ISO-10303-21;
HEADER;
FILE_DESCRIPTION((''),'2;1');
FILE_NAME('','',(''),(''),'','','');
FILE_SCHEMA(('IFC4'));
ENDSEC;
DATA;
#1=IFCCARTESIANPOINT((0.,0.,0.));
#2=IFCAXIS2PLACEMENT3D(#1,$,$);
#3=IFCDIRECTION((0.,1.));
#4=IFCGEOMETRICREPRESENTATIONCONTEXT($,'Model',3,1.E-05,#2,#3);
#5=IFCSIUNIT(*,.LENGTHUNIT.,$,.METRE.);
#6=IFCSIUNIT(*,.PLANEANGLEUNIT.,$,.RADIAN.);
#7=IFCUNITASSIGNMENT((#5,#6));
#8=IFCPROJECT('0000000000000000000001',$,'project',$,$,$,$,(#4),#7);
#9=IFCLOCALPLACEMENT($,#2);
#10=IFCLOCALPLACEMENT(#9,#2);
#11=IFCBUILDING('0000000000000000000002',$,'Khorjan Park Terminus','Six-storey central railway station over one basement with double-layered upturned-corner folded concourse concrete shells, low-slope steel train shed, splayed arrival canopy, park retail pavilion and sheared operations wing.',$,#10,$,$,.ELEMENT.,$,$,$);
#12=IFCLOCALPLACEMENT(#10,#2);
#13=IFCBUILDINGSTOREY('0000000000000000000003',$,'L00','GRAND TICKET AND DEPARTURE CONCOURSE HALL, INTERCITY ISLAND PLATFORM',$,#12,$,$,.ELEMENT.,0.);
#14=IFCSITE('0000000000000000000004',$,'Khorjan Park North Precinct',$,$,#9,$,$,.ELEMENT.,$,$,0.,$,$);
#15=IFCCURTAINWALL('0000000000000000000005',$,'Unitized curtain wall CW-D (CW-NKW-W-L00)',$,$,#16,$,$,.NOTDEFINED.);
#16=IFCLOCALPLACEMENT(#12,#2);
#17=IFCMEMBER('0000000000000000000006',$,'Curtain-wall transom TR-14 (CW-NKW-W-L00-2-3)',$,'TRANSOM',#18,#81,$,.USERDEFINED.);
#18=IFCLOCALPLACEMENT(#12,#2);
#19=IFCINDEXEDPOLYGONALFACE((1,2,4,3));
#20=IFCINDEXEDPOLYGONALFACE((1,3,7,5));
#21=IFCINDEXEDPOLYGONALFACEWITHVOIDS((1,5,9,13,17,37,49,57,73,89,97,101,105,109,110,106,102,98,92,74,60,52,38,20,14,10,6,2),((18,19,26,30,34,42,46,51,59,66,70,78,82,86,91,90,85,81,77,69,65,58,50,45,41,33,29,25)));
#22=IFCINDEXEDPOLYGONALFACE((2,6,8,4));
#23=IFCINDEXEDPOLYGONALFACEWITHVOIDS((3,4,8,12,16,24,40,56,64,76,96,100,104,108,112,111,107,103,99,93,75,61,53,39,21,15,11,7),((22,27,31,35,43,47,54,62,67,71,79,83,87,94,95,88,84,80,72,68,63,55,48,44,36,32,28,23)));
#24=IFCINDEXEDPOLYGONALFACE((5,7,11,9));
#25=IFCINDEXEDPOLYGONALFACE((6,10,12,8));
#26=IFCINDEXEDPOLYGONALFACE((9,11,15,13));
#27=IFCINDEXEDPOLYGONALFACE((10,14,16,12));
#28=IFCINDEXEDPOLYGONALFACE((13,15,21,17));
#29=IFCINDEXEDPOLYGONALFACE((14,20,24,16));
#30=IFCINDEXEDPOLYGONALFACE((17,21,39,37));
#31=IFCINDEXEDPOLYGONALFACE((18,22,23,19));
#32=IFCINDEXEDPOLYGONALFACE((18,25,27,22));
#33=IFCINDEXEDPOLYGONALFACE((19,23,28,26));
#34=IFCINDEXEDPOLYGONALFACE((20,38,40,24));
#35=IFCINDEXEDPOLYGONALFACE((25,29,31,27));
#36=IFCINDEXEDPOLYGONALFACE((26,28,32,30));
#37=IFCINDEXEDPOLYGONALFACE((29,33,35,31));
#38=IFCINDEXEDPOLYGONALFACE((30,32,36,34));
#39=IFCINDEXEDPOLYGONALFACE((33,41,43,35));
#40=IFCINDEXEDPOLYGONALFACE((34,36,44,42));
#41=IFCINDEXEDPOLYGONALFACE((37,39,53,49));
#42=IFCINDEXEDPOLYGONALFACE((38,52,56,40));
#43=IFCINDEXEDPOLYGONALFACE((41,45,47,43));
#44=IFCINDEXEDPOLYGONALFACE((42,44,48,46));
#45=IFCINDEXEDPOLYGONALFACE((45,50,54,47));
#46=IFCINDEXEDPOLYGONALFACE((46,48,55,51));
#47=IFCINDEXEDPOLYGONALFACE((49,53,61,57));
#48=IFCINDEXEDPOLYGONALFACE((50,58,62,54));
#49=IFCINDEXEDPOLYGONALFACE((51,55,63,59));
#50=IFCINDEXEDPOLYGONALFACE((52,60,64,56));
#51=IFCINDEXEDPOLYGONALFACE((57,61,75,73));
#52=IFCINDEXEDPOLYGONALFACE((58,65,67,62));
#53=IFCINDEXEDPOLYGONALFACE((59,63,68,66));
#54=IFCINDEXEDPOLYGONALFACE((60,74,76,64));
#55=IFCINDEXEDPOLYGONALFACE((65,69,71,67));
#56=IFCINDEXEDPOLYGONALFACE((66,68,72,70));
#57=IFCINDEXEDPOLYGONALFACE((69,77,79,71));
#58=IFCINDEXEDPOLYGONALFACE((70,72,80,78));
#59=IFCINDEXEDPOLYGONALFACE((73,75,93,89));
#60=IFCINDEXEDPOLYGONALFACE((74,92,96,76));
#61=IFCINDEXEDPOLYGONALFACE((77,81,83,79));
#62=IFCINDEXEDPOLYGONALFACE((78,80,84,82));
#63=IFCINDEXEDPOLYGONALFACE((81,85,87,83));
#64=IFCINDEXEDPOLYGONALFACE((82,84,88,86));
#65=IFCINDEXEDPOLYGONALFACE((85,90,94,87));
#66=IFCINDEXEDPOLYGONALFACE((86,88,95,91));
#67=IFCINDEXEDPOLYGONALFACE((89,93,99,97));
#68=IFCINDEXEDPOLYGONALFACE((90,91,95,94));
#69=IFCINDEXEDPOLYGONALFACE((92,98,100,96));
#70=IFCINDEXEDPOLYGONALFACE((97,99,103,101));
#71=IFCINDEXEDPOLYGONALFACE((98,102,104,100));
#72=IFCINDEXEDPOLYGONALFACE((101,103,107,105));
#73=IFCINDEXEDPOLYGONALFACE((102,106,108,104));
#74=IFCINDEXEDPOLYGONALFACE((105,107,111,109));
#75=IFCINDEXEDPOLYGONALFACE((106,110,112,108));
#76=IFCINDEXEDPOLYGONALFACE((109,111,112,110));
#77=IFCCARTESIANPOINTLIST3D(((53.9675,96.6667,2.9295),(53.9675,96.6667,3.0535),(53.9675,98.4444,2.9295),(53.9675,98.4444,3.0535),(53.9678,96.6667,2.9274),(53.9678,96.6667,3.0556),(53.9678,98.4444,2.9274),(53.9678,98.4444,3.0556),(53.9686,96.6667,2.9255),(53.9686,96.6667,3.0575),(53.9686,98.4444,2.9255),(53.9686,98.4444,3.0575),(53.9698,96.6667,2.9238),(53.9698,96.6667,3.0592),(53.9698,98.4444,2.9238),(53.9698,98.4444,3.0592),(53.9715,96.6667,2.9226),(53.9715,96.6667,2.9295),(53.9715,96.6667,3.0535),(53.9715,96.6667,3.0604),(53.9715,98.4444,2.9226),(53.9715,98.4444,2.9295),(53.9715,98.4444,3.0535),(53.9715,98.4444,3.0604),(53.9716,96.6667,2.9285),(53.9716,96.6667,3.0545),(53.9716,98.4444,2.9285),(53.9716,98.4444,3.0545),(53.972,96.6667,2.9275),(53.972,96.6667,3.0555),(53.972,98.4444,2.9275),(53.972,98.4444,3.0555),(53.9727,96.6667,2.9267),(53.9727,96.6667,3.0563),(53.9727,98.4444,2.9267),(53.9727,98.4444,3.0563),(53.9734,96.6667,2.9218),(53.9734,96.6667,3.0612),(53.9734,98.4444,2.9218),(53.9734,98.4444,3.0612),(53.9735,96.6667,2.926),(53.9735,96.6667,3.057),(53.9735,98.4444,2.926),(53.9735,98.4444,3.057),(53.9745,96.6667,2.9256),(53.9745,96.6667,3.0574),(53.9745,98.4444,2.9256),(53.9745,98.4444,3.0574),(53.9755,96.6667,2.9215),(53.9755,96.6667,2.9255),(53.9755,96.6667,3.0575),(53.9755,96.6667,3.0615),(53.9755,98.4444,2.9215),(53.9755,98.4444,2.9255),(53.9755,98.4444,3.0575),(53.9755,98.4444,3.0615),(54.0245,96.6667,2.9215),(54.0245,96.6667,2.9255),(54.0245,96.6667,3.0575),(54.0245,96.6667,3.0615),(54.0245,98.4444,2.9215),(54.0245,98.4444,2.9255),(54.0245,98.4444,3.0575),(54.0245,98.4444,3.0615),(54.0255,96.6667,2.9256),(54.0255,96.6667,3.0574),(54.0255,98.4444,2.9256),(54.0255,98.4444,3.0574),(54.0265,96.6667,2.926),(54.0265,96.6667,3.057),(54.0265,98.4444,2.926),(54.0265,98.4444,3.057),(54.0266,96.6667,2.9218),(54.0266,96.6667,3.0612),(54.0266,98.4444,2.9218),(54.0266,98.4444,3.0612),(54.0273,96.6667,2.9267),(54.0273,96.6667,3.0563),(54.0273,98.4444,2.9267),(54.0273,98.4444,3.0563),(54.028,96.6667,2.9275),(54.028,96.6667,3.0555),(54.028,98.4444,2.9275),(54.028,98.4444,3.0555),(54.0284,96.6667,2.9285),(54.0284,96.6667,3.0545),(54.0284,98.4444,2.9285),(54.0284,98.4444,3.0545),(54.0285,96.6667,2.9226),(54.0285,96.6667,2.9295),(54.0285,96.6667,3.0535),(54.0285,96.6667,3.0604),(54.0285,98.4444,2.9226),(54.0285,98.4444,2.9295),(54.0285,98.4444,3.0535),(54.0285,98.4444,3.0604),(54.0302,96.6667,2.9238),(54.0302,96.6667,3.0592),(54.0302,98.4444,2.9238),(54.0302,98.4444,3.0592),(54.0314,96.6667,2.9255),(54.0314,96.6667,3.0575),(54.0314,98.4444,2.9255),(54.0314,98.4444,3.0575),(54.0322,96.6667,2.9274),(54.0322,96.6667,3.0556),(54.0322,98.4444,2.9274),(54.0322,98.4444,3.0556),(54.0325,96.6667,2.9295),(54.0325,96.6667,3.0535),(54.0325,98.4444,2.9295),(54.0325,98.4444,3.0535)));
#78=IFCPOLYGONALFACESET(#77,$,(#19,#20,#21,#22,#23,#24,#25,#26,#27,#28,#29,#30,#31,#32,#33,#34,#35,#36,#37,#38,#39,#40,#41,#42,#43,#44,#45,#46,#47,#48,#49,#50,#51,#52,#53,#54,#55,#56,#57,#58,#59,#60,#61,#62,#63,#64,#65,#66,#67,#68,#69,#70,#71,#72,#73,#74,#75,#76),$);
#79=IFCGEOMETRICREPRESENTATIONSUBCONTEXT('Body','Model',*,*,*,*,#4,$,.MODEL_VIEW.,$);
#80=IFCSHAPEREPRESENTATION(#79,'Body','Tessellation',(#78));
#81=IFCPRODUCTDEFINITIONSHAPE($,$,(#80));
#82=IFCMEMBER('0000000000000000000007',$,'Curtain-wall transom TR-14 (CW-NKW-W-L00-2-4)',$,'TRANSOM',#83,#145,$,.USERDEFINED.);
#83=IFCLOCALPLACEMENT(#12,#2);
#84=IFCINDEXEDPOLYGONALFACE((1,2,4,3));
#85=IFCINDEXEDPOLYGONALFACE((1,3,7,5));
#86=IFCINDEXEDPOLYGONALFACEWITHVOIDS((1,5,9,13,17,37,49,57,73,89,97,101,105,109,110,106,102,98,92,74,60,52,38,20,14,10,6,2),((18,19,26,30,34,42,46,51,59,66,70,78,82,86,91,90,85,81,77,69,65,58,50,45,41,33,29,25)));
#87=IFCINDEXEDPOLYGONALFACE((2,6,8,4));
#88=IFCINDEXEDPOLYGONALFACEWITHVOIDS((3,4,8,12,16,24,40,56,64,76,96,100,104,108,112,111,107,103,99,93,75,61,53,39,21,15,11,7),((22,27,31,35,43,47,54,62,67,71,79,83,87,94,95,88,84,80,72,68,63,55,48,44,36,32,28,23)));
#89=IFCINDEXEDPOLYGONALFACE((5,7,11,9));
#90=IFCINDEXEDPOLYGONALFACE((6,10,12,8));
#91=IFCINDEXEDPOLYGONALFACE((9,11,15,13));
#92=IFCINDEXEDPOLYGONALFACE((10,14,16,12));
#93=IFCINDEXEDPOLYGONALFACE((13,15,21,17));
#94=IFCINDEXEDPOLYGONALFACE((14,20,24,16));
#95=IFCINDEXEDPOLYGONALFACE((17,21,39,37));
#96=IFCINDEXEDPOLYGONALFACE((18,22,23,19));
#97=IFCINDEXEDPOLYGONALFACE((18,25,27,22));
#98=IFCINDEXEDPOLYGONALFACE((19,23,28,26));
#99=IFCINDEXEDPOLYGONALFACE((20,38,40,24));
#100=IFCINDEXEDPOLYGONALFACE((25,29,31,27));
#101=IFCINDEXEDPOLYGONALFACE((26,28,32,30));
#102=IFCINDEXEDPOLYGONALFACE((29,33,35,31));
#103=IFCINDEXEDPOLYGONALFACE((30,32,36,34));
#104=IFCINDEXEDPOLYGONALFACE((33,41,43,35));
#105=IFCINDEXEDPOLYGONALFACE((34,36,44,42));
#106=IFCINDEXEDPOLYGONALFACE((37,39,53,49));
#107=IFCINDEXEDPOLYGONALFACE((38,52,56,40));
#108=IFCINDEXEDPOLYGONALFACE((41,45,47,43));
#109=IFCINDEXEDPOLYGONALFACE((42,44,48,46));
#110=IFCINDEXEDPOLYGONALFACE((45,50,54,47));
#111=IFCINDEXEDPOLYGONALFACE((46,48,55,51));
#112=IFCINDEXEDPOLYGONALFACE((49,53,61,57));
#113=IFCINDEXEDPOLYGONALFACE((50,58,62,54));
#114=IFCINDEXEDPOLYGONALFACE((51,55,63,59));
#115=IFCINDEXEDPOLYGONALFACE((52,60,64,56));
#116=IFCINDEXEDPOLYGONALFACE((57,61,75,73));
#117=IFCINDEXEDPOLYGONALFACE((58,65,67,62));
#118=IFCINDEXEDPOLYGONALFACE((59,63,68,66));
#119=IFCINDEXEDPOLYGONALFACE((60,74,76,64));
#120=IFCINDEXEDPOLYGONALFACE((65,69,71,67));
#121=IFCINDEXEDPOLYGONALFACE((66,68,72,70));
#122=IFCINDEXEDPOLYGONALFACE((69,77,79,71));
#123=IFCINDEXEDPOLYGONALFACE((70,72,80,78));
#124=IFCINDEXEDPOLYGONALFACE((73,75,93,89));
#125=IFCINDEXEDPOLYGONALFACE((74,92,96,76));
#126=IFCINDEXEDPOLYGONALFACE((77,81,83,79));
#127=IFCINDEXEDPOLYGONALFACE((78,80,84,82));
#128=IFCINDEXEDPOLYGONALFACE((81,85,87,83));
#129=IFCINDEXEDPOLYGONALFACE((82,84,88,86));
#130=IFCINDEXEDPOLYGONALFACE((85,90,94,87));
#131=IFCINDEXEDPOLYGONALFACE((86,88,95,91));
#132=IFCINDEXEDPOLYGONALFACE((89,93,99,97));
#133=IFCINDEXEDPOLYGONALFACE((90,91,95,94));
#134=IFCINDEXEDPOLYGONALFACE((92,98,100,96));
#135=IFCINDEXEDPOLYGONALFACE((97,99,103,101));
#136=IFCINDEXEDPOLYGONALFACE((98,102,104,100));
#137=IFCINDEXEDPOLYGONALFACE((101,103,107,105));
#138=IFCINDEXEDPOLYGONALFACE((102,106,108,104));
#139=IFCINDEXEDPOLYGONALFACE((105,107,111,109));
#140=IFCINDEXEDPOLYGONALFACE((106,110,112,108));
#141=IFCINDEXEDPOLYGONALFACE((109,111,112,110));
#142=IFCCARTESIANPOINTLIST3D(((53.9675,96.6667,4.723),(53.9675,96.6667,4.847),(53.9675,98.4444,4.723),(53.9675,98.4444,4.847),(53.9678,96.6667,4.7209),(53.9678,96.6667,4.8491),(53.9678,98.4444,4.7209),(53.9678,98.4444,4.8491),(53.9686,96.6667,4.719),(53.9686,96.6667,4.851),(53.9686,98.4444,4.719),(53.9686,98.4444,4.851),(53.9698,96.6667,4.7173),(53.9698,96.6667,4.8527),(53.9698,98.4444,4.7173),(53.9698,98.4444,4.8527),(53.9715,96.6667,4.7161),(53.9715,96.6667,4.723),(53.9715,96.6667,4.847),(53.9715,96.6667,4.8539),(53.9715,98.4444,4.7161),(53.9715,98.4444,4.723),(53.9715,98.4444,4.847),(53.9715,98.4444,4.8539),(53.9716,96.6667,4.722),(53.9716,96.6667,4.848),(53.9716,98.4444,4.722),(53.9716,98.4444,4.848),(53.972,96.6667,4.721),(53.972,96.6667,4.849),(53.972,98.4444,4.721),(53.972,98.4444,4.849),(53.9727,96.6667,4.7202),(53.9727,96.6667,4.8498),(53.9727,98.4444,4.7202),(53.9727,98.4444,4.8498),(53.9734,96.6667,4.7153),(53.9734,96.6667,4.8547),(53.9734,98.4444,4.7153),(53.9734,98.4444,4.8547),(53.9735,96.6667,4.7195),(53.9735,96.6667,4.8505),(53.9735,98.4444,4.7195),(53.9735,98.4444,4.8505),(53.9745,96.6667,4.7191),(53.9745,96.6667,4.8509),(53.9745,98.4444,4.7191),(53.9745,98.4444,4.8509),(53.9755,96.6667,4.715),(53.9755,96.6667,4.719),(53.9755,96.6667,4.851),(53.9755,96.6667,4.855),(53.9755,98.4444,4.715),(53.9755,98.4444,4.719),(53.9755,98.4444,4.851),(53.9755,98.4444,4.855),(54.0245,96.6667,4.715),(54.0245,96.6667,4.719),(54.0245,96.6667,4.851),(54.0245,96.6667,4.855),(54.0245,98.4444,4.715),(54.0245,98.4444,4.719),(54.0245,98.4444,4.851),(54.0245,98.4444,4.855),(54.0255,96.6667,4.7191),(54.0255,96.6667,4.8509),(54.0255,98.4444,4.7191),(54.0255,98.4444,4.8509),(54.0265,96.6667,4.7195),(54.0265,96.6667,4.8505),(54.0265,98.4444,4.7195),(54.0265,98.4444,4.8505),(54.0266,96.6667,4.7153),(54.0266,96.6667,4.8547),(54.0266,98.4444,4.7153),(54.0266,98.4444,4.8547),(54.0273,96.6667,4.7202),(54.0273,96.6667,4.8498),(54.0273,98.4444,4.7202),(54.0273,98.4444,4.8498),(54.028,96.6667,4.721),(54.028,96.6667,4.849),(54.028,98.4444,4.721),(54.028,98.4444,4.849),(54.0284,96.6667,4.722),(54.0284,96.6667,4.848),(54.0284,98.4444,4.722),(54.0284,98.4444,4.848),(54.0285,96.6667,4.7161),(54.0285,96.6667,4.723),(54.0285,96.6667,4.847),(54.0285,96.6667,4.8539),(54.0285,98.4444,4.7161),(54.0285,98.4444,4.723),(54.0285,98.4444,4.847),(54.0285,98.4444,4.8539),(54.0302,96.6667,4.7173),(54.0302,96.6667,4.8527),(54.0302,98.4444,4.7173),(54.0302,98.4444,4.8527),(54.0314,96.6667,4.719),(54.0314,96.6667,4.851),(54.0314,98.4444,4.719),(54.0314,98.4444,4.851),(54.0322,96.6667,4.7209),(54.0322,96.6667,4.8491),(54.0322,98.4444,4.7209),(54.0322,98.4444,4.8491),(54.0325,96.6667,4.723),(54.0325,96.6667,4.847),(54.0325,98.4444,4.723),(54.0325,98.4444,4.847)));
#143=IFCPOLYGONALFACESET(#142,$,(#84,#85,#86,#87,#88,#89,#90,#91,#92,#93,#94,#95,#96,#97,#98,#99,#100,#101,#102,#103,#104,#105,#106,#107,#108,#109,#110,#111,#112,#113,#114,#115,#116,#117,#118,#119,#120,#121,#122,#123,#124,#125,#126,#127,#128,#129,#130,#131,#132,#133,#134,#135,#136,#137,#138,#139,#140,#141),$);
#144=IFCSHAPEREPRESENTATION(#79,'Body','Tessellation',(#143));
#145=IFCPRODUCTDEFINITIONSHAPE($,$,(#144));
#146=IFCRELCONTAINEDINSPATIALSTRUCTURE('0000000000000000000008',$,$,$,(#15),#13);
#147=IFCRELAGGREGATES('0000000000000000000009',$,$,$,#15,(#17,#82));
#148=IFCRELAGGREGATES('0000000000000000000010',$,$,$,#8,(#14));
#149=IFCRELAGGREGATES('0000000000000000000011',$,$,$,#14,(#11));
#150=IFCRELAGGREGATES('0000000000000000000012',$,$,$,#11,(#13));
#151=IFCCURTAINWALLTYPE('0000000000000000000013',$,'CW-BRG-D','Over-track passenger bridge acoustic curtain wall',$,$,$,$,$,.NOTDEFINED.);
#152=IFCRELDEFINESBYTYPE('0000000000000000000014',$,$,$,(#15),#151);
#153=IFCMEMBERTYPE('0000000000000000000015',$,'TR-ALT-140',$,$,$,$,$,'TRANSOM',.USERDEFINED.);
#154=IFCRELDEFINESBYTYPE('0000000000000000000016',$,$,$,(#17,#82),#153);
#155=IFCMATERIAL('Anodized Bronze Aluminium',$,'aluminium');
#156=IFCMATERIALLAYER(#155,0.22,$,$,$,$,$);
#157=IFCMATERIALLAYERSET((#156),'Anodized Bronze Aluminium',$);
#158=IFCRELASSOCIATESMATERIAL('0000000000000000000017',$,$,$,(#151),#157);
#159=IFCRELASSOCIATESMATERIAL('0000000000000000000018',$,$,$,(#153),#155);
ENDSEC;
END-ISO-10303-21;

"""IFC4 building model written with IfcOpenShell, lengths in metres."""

from ifc_helpers import new_model, si_unit, direction, frame, origin, origin_2d, place, context, subcontext, project, spatial, hollow_rectangle, extrude, material, layer, layer_set, material_profile, profile_set, type_object, element, aggregate, save


model = new_model("IFC4")

# Units and contexts
model_context = context("Model", 3, precision=1e-05, world=origin(), true_north=direction((0.0, 1.0)))
body_context = subcontext(model_context, "Body", "Model", "MODEL_VIEW")
ifc_project = project(units=[si_unit("LENGTHUNIT", "METRE"), si_unit("PLANEANGLEUNIT", "RADIAN")], contexts=[model_context])

# Site, building, storey
site_placement = place(None, origin())
site = spatial("IfcSite", under=ifc_project, at=site_placement, Name="Khorjan Park North Precinct", CompositionType="ELEMENT", RefElevation=0.0)
building_placement = place(site_placement, origin())
building = spatial("IfcBuilding", under=site, at=building_placement, Name="Khorjan Park Terminus", Description="Six-storey central railway station over one basement with double-layered upturned-corner folded concourse concrete shells, low-slope steel train shed, splayed arrival canopy, park retail pavilion and sheared operations wing.", CompositionType="ELEMENT")
storey_placement = place(building_placement, origin())
storey = spatial("IfcBuildingStorey", under=building, at=storey_placement, Name="L00", Description="GRAND TICKET AND DEPARTURE CONCOURSE HALL, INTERCITY ISLAND PLATFORM", CompositionType="ELEMENT", Elevation=0.0)

# Curtain wall, members
ifc_material_1 = material(Name="Anodized Bronze Aluminium", Category="aluminium")
ifc_layer_1 = layer(ifc_material_1, 0.22)
ifc_layer_set_1 = layer_set([ifc_layer_1], Name="Anodized Bronze Aluminium")
curtain_wall_type = type_object("IfcCurtainWallType", Name="CW-BRG-D", Description="Over-track passenger bridge acoustic curtain wall", PredefinedType="NOTDEFINED", material=ifc_layer_set_1)
curtain_wall_placement = place(storey_placement, origin())
curtain_wall = element("IfcCurtainWall", 1, at=curtain_wall_placement, inside=storey, type_object=curtain_wall_type, Name="Unitized curtain wall CW-D (CW-NKW-W-L00)", PredefinedType="NOTDEFINED")
ifc_material_profile_1 = material_profile(ifc_material_1, hollow_rectangle(XDim=0.065, YDim=0.14, WallThickness=0.004, InnerFilletRadius=0.004, OuterFilletRadius=0.008, at=origin_2d()), Name="ALT 65x140x4")
ifc_profile_set_1 = profile_set([ifc_material_profile_1], Name="Anodized Bronze Aluminium")
member_type_1 = type_object("IfcMemberType", Name="TR-ALT-140", ElementType="TRANSOM", PredefinedType="USERDEFINED", material=ifc_profile_set_1)
member_1_placement = place(storey_placement, frame((54.0, 98.4444, 2.9915), z_axis=(0.0, -1.0, 0.0), x_axis=(1.0, 0.0, 0.0)))
member_1 = element("IfcMember", 2, at=member_1_placement, type_object=member_type_1, Name="Curtain-wall transom TR-14 (CW-NKW-W-L00-2-3)", ObjectType="TRANSOM", PredefinedType="USERDEFINED", context=body_context, shape_type="SweptSolid", body=[
    extrude(hollow_rectangle(XDim=0.065, YDim=0.14, WallThickness=0.004, InnerFilletRadius=0.004, OuterFilletRadius=0.008, at=origin_2d()), origin(), (0.0, 0.0, 1.0), 1.7777),
])
member_2_placement = place(storey_placement, frame((54.0, 98.4444, 4.785), z_axis=(0.0, -1.0, 0.0), x_axis=(1.0, 0.0, 0.0)))
member_2 = element("IfcMember", 3, at=member_2_placement, type_object=member_type_1, Name="Curtain-wall transom TR-14 (CW-NKW-W-L00-2-4)", ObjectType="TRANSOM", PredefinedType="USERDEFINED", context=body_context, shape_type="SweptSolid", body=[
    extrude(hollow_rectangle(XDim=0.065, YDim=0.14, WallThickness=0.004, InnerFilletRadius=0.004, OuterFilletRadius=0.008, at=origin_2d()), origin(), (0.0, 0.0, 1.0), 1.7777),
])
aggregate(curtain_wall, [member_1, member_2])

save(model, "model.ifc")
